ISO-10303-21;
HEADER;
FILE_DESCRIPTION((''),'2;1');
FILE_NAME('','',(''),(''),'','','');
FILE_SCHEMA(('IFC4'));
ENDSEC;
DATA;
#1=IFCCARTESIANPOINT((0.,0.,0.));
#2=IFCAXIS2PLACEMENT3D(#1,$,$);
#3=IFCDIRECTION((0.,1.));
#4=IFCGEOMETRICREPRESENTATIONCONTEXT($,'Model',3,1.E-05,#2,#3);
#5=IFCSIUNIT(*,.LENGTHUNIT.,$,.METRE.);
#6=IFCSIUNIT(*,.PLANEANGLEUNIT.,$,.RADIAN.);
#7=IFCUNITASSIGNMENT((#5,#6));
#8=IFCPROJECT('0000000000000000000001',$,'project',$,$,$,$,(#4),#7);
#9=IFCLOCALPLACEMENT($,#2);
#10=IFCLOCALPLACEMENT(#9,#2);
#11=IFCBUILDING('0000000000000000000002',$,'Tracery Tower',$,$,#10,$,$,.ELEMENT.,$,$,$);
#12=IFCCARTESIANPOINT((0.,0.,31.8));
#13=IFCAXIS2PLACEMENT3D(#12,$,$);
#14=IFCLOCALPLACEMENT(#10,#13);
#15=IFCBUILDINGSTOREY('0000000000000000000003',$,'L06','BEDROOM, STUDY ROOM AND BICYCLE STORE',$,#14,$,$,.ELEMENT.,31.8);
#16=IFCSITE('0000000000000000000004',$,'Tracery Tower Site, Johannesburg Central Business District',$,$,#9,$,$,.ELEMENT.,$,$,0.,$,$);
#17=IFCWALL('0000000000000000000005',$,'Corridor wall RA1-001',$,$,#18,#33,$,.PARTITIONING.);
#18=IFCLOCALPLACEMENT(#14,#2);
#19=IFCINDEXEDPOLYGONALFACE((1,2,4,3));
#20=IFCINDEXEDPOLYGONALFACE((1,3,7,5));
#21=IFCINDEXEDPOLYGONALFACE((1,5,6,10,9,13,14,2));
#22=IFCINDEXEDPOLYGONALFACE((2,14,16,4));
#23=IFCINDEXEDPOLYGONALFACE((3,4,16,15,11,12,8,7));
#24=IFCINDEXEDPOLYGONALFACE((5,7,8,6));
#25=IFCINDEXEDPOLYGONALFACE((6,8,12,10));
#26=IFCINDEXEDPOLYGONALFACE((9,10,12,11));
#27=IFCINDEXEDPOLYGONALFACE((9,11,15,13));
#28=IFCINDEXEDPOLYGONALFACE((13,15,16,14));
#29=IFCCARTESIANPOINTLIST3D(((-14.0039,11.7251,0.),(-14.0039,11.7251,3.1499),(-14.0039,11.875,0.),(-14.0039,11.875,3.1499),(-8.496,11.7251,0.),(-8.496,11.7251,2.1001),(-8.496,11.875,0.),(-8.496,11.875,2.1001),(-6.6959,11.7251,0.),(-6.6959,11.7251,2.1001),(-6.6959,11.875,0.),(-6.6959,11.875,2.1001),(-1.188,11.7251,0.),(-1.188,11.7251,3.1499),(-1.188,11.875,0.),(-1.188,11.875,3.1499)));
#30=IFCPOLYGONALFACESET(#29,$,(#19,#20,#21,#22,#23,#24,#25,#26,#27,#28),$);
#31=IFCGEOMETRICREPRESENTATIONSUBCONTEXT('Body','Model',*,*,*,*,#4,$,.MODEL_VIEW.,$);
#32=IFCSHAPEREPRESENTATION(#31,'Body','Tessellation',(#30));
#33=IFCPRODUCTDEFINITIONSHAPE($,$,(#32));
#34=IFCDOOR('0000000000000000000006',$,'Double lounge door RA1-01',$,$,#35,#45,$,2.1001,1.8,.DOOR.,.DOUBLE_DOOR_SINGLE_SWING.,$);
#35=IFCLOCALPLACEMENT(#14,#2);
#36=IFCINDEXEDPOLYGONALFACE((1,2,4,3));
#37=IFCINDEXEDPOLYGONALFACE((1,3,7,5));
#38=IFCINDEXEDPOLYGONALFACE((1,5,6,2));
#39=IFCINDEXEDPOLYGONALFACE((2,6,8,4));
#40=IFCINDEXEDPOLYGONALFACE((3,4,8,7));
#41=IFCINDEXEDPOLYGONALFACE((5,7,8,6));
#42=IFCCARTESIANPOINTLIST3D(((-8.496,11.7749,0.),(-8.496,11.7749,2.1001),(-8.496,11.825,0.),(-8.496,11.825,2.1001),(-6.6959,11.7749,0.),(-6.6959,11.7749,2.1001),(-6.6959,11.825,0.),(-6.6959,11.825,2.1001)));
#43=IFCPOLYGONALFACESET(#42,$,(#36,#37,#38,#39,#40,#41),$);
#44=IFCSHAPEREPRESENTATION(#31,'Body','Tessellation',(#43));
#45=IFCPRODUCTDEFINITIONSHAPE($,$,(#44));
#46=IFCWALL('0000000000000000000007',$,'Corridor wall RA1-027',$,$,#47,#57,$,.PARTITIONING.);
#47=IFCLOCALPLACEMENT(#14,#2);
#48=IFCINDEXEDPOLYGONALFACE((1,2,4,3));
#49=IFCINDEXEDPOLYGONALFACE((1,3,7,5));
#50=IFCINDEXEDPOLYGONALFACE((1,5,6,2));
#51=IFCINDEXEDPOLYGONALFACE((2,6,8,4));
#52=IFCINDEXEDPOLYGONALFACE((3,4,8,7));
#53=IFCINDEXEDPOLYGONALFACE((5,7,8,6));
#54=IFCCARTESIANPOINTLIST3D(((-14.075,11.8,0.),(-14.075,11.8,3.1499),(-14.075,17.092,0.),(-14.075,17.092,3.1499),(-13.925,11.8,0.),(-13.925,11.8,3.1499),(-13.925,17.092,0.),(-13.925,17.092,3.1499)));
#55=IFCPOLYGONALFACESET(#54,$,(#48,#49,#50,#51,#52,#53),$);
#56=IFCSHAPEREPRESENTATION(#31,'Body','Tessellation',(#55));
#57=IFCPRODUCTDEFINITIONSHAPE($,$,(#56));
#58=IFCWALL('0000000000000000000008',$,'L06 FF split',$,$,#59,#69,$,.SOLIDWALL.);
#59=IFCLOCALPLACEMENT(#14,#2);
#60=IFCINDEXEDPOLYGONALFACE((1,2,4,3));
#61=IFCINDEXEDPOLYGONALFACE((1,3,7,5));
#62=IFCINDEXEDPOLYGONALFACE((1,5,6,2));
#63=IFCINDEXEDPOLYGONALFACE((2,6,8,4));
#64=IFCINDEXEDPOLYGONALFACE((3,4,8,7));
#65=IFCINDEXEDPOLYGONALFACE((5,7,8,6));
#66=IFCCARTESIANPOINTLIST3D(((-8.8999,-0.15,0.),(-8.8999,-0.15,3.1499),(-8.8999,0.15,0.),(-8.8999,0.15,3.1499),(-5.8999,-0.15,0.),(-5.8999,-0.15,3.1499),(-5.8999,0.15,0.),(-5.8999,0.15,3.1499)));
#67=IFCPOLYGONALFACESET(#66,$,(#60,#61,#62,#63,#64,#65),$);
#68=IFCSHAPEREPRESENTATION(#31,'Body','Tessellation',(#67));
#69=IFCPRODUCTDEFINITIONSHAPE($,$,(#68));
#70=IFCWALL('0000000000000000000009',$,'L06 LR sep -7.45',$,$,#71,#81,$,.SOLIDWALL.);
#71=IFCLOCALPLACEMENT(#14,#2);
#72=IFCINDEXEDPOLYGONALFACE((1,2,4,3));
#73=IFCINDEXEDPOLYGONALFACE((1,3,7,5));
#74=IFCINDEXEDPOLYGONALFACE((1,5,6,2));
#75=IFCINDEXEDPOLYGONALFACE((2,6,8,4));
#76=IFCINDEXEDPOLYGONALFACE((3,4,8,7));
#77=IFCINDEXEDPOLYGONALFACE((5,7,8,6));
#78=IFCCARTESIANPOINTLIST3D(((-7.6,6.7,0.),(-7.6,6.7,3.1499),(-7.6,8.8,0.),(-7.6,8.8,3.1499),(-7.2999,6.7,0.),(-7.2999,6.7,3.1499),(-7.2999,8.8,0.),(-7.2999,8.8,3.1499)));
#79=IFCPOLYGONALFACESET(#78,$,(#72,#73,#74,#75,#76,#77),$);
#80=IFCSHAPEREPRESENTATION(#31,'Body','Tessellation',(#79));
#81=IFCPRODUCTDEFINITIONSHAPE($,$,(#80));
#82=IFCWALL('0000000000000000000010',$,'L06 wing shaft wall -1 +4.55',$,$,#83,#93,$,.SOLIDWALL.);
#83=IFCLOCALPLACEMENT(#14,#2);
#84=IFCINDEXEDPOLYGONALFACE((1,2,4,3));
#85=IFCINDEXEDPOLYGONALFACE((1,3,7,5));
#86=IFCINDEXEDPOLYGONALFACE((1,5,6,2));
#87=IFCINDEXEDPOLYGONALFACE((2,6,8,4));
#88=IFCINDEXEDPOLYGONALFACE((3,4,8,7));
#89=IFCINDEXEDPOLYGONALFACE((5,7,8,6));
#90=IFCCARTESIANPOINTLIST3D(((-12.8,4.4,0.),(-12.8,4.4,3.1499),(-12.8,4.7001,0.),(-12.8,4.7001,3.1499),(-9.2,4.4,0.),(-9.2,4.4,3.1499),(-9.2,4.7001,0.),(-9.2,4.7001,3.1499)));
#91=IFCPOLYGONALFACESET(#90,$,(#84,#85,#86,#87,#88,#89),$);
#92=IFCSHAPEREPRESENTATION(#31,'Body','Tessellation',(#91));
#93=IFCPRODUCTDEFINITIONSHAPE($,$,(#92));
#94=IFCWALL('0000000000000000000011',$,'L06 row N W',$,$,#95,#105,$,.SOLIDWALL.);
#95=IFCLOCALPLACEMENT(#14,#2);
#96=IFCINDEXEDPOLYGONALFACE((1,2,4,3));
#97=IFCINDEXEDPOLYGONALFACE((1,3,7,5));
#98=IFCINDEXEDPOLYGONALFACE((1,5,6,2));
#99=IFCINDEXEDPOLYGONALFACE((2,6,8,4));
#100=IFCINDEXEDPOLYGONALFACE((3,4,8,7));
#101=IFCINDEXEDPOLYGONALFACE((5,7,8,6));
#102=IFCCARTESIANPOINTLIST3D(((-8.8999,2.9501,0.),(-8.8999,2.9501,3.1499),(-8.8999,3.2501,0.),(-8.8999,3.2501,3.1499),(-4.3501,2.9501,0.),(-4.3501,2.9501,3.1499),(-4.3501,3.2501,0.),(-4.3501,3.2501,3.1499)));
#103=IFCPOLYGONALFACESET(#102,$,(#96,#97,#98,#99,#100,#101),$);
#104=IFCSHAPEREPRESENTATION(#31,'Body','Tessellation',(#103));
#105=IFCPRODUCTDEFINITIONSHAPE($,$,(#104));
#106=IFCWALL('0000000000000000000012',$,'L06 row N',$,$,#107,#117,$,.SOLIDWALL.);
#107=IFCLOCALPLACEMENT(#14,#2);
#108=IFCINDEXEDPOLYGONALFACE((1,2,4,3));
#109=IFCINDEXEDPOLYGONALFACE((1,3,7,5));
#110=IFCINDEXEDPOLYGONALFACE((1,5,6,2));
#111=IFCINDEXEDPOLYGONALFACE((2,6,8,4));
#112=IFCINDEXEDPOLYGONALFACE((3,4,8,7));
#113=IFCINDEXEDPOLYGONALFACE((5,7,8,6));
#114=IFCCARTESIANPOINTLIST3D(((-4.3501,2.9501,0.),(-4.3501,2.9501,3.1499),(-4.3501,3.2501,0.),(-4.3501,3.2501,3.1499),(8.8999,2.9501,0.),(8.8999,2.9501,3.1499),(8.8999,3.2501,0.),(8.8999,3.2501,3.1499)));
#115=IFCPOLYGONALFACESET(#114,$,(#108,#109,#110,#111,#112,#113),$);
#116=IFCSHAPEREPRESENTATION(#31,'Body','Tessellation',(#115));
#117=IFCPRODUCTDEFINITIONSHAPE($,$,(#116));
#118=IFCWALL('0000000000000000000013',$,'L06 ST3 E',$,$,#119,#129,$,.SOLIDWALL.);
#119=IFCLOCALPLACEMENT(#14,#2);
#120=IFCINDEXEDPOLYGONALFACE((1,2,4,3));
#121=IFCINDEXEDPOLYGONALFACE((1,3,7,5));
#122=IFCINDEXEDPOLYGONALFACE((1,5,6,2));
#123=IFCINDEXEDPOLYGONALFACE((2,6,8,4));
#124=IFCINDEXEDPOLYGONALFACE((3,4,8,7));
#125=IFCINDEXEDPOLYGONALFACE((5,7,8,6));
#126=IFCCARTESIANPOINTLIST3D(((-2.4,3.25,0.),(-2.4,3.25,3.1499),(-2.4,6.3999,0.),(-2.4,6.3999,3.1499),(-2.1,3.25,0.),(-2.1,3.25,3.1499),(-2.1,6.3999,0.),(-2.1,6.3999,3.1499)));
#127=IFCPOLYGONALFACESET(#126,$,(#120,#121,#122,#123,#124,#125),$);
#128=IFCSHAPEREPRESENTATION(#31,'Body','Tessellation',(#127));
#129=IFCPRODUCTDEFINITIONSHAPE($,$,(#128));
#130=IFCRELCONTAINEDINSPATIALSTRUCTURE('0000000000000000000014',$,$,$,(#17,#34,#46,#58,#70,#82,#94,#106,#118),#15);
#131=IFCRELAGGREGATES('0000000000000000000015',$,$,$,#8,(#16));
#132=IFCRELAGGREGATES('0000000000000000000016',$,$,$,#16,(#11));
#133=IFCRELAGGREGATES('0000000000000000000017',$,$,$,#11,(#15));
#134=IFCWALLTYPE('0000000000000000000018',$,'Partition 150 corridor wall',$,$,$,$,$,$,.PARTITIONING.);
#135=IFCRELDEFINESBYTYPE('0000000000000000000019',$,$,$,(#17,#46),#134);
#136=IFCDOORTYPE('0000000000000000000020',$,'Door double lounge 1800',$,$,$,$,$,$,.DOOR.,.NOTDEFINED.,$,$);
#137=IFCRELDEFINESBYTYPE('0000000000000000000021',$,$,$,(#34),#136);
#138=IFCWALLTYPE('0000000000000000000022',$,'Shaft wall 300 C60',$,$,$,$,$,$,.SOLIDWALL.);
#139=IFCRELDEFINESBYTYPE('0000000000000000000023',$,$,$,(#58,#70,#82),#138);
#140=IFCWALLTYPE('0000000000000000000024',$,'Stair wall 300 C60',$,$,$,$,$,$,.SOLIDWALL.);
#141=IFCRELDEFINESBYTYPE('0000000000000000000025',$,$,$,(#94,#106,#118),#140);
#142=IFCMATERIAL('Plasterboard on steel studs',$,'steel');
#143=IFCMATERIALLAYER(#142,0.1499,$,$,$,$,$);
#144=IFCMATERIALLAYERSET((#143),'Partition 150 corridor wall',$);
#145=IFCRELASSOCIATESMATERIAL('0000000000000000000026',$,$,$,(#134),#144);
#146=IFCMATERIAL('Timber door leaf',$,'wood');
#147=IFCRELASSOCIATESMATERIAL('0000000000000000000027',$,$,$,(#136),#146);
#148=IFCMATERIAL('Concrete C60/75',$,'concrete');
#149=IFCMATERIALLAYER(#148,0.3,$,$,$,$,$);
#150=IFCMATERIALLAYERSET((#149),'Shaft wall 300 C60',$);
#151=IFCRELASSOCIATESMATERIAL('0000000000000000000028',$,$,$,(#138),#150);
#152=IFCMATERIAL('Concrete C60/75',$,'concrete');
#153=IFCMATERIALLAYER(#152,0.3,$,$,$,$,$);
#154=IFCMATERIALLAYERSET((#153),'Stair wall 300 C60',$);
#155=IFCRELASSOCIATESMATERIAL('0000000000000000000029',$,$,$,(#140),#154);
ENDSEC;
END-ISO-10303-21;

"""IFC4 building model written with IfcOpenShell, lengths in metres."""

from ifc_helpers import new_model, si_unit, direction, frame, frame_2d, origin, place, context, subcontext, project, spatial, rectangle, extrude, material, layer, layer_set, type_object, element, fill, save


model = new_model("IFC4")

# Units and contexts
model_context = context("Model", 3, precision=1e-05, world=origin(), true_north=direction((0.0, 1.0)))
body_context = subcontext(model_context, "Body", "Model", "MODEL_VIEW")
ifc_project = project(units=[si_unit("LENGTHUNIT", "METRE"), si_unit("PLANEANGLEUNIT", "RADIAN")], contexts=[model_context])

# Site, building, storey
site_placement = place(None, origin())
site = spatial("IfcSite", under=ifc_project, at=site_placement, Name="Tracery Tower Site, Johannesburg Central Business District", CompositionType="ELEMENT", RefElevation=0.0)
building_placement = place(site_placement, origin())
building = spatial("IfcBuilding", under=site, at=building_placement, Name="Tracery Tower", CompositionType="ELEMENT")
storey_placement = place(building_placement, frame((0.0, 0.0, 31.8)))
storey = spatial("IfcBuildingStorey", under=building, at=storey_placement, Name="L06", Description="BEDROOM, STUDY ROOM AND BICYCLE STORE", CompositionType="ELEMENT", Elevation=31.8)

# Wall, opening, door
ifc_material_1 = material(Name="Plasterboard on steel studs", Category="steel")
ifc_layer_1 = layer(ifc_material_1, 0.1499)
ifc_layer_set_1 = layer_set([ifc_layer_1], Name="Partition 150 corridor wall")
wall_type_1 = type_object("IfcWallType", Name="Partition 150 corridor wall", PredefinedType="PARTITIONING", material=ifc_layer_set_1)
wall_1_placement = place(storey_placement, frame((-14.0039, 11.8, 0.0), z_axis=(0.0, 0.0, 1.0), x_axis=(1.0, 0.0, 0.0)))
wall_1 = element("IfcWall", 1, at=wall_1_placement, inside=storey, type_object=wall_type_1, Name="Corridor wall RA1-001", PredefinedType="PARTITIONING", context=body_context, shape_type="SweptSolid", body=[
    extrude(rectangle(XDim=12.8159, YDim=0.1499, at=frame_2d((6.408, 0.0))), origin(), (0.0, 0.0, 1.0), 3.1499),
])
opening_1_placement = place(wall_1_placement, frame((5.5081, 0.0, 0.0)))
opening_1 = element("IfcOpeningElement", 2, at=opening_1_placement, cuts=wall_1, PredefinedType="OPENING", context=body_context, shape_type="SweptSolid", body=[
    extrude(rectangle(XDim=1.8, YDim=2.1001, at=frame_2d((0.8999, 1.05))), frame((0.0, 0.075, 0.0), z_axis=(0.0, -1.0, 0.0), x_axis=(1.0, 0.0, 0.0)), (0.0, 0.0, 1.0), 0.1499),
])
ifc_material_2 = material(Name="Timber door leaf", Category="wood")
door_type_1 = type_object("IfcDoorType", Name="Door double lounge 1800", OperationType="NOTDEFINED", PredefinedType="DOOR", material=ifc_material_2)
door_1_placement = place(opening_1_placement, origin())
door_1 = element("IfcDoor", 3, at=door_1_placement, inside=storey, type_object=door_type_1, Name="Double lounge door RA1-01", OperationType="DOUBLE_DOOR_SINGLE_SWING", OverallHeight=2.1001, OverallWidth=1.8, PredefinedType="DOOR", context=body_context, shape_type="SweptSolid", body=[
    extrude(rectangle(XDim=1.8, YDim=2.1001, at=frame_2d((0.8999, 1.05))), frame((0.0, 0.0249, 0.0), z_axis=(0.0, -1.0, 0.0), x_axis=(1.0, 0.0, 0.0)), (0.0, 0.0, 1.0), 0.05),
])
fill(opening_1, door_1)

# Walls
wall_2_placement = place(storey_placement, frame((-14.0, 11.8, 0.0), z_axis=(0.0, 0.0, 1.0), x_axis=(0.0, 1.0, 0.0)))
element("IfcWall", 4, at=wall_2_placement, inside=storey, type_object=wall_type_1, Name="Corridor wall RA1-027", PredefinedType="PARTITIONING", context=body_context, shape_type="SweptSolid", body=[
    extrude(rectangle(XDim=5.292, YDim=0.1499, at=frame_2d((2.646, 0.0))), origin(), (0.0, 0.0, 1.0), 3.1499),
])
ifc_material_3 = material(Name="Concrete C60/75", Category="concrete")
ifc_layer_2 = layer(ifc_material_3, 0.3)
ifc_layer_set_2 = layer_set([ifc_layer_2], Name="Shaft wall 300 C60")
wall_type_2 = type_object("IfcWallType", Name="Shaft wall 300 C60", PredefinedType="SOLIDWALL", material=ifc_layer_set_2)
wall_3_placement = place(storey_placement, frame((-8.8999, 0.0, 0.0), z_axis=(0.0, 0.0, 1.0), x_axis=(1.0, 0.0, 0.0)))
element("IfcWall", 5, at=wall_3_placement, inside=storey, type_object=wall_type_2, Name="L06 FF split", PredefinedType="SOLIDWALL", context=body_context, shape_type="SweptSolid", body=[
    extrude(rectangle(XDim=3.0, YDim=0.3, at=frame_2d((1.5, 0.0))), origin(), (0.0, 0.0, 1.0), 3.1499),
])
wall_4_placement = place(storey_placement, frame((-7.45, 6.7, 0.0), z_axis=(0.0, 0.0, 1.0), x_axis=(0.0, 1.0, 0.0)))
element("IfcWall", 6, at=wall_4_placement, inside=storey, type_object=wall_type_2, Name="L06 LR sep -7.45", PredefinedType="SOLIDWALL", context=body_context, shape_type="SweptSolid", body=[
    extrude(rectangle(XDim=2.1001, YDim=0.3, at=frame_2d((1.05, 0.0))), origin(), (0.0, 0.0, 1.0), 3.1499),
])

# Wall
wall_5_placement = place(storey_placement, frame((-12.8, 4.55, 0.0), z_axis=(0.0, 0.0, 1.0), x_axis=(1.0, 0.0, 0.0)))
element("IfcWall", 7, at=wall_5_placement, inside=storey, type_object=wall_type_2, Name="L06 wing shaft wall -1 +4.55", PredefinedType="SOLIDWALL", context=body_context, shape_type="SweptSolid", body=[
    extrude(rectangle(XDim=3.6001, YDim=0.3, at=frame_2d((1.8, 0.0))), origin(), (0.0, 0.0, 1.0), 3.1499),
])

# Walls
ifc_material_4 = material(Name="Concrete C60/75", Category="concrete")
ifc_layer_3 = layer(ifc_material_4, 0.3)
ifc_layer_set_3 = layer_set([ifc_layer_3], Name="Stair wall 300 C60")
wall_type_3 = type_object("IfcWallType", Name="Stair wall 300 C60", PredefinedType="SOLIDWALL", material=ifc_layer_set_3)
wall_6_placement = place(storey_placement, frame((-8.8999, 3.1001, 0.0), z_axis=(0.0, 0.0, 1.0), x_axis=(1.0, 0.0, 0.0)))
element("IfcWall", 8, at=wall_6_placement, inside=storey, type_object=wall_type_3, Name="L06 row N W", PredefinedType="SOLIDWALL", context=body_context, shape_type="SweptSolid", body=[
    extrude(rectangle(XDim=4.5498, YDim=0.3, at=frame_2d((2.2749, 0.0))), origin(), (0.0, 0.0, 1.0), 3.1499),
])
wall_7_placement = place(storey_placement, frame((-4.3501, 3.1001, 0.0), z_axis=(0.0, 0.0, 1.0), x_axis=(1.0, 0.0, 0.0)))
element("IfcWall", 9, at=wall_7_placement, inside=storey, type_object=wall_type_3, Name="L06 row N", PredefinedType="SOLIDWALL", context=body_context, shape_type="SweptSolid", body=[
    extrude(rectangle(XDim=13.25, YDim=0.3, at=frame_2d((6.625, 0.0))), origin(), (0.0, 0.0, 1.0), 3.1499),
])
wall_8_placement = place(storey_placement, frame((-2.25, 3.25, 0.0), z_axis=(0.0, 0.0, 1.0), x_axis=(0.0, 1.0, 0.0)))
element("IfcWall", 10, at=wall_8_placement, inside=storey, type_object=wall_type_3, Name="L06 ST3 E", PredefinedType="SOLIDWALL", context=body_context, shape_type="SweptSolid", body=[
    extrude(rectangle(XDim=3.1499, YDim=0.3, at=frame_2d((1.575, 0.0))), origin(), (0.0, 0.0, 1.0), 3.1499),
])

save(model, "model.ifc")
